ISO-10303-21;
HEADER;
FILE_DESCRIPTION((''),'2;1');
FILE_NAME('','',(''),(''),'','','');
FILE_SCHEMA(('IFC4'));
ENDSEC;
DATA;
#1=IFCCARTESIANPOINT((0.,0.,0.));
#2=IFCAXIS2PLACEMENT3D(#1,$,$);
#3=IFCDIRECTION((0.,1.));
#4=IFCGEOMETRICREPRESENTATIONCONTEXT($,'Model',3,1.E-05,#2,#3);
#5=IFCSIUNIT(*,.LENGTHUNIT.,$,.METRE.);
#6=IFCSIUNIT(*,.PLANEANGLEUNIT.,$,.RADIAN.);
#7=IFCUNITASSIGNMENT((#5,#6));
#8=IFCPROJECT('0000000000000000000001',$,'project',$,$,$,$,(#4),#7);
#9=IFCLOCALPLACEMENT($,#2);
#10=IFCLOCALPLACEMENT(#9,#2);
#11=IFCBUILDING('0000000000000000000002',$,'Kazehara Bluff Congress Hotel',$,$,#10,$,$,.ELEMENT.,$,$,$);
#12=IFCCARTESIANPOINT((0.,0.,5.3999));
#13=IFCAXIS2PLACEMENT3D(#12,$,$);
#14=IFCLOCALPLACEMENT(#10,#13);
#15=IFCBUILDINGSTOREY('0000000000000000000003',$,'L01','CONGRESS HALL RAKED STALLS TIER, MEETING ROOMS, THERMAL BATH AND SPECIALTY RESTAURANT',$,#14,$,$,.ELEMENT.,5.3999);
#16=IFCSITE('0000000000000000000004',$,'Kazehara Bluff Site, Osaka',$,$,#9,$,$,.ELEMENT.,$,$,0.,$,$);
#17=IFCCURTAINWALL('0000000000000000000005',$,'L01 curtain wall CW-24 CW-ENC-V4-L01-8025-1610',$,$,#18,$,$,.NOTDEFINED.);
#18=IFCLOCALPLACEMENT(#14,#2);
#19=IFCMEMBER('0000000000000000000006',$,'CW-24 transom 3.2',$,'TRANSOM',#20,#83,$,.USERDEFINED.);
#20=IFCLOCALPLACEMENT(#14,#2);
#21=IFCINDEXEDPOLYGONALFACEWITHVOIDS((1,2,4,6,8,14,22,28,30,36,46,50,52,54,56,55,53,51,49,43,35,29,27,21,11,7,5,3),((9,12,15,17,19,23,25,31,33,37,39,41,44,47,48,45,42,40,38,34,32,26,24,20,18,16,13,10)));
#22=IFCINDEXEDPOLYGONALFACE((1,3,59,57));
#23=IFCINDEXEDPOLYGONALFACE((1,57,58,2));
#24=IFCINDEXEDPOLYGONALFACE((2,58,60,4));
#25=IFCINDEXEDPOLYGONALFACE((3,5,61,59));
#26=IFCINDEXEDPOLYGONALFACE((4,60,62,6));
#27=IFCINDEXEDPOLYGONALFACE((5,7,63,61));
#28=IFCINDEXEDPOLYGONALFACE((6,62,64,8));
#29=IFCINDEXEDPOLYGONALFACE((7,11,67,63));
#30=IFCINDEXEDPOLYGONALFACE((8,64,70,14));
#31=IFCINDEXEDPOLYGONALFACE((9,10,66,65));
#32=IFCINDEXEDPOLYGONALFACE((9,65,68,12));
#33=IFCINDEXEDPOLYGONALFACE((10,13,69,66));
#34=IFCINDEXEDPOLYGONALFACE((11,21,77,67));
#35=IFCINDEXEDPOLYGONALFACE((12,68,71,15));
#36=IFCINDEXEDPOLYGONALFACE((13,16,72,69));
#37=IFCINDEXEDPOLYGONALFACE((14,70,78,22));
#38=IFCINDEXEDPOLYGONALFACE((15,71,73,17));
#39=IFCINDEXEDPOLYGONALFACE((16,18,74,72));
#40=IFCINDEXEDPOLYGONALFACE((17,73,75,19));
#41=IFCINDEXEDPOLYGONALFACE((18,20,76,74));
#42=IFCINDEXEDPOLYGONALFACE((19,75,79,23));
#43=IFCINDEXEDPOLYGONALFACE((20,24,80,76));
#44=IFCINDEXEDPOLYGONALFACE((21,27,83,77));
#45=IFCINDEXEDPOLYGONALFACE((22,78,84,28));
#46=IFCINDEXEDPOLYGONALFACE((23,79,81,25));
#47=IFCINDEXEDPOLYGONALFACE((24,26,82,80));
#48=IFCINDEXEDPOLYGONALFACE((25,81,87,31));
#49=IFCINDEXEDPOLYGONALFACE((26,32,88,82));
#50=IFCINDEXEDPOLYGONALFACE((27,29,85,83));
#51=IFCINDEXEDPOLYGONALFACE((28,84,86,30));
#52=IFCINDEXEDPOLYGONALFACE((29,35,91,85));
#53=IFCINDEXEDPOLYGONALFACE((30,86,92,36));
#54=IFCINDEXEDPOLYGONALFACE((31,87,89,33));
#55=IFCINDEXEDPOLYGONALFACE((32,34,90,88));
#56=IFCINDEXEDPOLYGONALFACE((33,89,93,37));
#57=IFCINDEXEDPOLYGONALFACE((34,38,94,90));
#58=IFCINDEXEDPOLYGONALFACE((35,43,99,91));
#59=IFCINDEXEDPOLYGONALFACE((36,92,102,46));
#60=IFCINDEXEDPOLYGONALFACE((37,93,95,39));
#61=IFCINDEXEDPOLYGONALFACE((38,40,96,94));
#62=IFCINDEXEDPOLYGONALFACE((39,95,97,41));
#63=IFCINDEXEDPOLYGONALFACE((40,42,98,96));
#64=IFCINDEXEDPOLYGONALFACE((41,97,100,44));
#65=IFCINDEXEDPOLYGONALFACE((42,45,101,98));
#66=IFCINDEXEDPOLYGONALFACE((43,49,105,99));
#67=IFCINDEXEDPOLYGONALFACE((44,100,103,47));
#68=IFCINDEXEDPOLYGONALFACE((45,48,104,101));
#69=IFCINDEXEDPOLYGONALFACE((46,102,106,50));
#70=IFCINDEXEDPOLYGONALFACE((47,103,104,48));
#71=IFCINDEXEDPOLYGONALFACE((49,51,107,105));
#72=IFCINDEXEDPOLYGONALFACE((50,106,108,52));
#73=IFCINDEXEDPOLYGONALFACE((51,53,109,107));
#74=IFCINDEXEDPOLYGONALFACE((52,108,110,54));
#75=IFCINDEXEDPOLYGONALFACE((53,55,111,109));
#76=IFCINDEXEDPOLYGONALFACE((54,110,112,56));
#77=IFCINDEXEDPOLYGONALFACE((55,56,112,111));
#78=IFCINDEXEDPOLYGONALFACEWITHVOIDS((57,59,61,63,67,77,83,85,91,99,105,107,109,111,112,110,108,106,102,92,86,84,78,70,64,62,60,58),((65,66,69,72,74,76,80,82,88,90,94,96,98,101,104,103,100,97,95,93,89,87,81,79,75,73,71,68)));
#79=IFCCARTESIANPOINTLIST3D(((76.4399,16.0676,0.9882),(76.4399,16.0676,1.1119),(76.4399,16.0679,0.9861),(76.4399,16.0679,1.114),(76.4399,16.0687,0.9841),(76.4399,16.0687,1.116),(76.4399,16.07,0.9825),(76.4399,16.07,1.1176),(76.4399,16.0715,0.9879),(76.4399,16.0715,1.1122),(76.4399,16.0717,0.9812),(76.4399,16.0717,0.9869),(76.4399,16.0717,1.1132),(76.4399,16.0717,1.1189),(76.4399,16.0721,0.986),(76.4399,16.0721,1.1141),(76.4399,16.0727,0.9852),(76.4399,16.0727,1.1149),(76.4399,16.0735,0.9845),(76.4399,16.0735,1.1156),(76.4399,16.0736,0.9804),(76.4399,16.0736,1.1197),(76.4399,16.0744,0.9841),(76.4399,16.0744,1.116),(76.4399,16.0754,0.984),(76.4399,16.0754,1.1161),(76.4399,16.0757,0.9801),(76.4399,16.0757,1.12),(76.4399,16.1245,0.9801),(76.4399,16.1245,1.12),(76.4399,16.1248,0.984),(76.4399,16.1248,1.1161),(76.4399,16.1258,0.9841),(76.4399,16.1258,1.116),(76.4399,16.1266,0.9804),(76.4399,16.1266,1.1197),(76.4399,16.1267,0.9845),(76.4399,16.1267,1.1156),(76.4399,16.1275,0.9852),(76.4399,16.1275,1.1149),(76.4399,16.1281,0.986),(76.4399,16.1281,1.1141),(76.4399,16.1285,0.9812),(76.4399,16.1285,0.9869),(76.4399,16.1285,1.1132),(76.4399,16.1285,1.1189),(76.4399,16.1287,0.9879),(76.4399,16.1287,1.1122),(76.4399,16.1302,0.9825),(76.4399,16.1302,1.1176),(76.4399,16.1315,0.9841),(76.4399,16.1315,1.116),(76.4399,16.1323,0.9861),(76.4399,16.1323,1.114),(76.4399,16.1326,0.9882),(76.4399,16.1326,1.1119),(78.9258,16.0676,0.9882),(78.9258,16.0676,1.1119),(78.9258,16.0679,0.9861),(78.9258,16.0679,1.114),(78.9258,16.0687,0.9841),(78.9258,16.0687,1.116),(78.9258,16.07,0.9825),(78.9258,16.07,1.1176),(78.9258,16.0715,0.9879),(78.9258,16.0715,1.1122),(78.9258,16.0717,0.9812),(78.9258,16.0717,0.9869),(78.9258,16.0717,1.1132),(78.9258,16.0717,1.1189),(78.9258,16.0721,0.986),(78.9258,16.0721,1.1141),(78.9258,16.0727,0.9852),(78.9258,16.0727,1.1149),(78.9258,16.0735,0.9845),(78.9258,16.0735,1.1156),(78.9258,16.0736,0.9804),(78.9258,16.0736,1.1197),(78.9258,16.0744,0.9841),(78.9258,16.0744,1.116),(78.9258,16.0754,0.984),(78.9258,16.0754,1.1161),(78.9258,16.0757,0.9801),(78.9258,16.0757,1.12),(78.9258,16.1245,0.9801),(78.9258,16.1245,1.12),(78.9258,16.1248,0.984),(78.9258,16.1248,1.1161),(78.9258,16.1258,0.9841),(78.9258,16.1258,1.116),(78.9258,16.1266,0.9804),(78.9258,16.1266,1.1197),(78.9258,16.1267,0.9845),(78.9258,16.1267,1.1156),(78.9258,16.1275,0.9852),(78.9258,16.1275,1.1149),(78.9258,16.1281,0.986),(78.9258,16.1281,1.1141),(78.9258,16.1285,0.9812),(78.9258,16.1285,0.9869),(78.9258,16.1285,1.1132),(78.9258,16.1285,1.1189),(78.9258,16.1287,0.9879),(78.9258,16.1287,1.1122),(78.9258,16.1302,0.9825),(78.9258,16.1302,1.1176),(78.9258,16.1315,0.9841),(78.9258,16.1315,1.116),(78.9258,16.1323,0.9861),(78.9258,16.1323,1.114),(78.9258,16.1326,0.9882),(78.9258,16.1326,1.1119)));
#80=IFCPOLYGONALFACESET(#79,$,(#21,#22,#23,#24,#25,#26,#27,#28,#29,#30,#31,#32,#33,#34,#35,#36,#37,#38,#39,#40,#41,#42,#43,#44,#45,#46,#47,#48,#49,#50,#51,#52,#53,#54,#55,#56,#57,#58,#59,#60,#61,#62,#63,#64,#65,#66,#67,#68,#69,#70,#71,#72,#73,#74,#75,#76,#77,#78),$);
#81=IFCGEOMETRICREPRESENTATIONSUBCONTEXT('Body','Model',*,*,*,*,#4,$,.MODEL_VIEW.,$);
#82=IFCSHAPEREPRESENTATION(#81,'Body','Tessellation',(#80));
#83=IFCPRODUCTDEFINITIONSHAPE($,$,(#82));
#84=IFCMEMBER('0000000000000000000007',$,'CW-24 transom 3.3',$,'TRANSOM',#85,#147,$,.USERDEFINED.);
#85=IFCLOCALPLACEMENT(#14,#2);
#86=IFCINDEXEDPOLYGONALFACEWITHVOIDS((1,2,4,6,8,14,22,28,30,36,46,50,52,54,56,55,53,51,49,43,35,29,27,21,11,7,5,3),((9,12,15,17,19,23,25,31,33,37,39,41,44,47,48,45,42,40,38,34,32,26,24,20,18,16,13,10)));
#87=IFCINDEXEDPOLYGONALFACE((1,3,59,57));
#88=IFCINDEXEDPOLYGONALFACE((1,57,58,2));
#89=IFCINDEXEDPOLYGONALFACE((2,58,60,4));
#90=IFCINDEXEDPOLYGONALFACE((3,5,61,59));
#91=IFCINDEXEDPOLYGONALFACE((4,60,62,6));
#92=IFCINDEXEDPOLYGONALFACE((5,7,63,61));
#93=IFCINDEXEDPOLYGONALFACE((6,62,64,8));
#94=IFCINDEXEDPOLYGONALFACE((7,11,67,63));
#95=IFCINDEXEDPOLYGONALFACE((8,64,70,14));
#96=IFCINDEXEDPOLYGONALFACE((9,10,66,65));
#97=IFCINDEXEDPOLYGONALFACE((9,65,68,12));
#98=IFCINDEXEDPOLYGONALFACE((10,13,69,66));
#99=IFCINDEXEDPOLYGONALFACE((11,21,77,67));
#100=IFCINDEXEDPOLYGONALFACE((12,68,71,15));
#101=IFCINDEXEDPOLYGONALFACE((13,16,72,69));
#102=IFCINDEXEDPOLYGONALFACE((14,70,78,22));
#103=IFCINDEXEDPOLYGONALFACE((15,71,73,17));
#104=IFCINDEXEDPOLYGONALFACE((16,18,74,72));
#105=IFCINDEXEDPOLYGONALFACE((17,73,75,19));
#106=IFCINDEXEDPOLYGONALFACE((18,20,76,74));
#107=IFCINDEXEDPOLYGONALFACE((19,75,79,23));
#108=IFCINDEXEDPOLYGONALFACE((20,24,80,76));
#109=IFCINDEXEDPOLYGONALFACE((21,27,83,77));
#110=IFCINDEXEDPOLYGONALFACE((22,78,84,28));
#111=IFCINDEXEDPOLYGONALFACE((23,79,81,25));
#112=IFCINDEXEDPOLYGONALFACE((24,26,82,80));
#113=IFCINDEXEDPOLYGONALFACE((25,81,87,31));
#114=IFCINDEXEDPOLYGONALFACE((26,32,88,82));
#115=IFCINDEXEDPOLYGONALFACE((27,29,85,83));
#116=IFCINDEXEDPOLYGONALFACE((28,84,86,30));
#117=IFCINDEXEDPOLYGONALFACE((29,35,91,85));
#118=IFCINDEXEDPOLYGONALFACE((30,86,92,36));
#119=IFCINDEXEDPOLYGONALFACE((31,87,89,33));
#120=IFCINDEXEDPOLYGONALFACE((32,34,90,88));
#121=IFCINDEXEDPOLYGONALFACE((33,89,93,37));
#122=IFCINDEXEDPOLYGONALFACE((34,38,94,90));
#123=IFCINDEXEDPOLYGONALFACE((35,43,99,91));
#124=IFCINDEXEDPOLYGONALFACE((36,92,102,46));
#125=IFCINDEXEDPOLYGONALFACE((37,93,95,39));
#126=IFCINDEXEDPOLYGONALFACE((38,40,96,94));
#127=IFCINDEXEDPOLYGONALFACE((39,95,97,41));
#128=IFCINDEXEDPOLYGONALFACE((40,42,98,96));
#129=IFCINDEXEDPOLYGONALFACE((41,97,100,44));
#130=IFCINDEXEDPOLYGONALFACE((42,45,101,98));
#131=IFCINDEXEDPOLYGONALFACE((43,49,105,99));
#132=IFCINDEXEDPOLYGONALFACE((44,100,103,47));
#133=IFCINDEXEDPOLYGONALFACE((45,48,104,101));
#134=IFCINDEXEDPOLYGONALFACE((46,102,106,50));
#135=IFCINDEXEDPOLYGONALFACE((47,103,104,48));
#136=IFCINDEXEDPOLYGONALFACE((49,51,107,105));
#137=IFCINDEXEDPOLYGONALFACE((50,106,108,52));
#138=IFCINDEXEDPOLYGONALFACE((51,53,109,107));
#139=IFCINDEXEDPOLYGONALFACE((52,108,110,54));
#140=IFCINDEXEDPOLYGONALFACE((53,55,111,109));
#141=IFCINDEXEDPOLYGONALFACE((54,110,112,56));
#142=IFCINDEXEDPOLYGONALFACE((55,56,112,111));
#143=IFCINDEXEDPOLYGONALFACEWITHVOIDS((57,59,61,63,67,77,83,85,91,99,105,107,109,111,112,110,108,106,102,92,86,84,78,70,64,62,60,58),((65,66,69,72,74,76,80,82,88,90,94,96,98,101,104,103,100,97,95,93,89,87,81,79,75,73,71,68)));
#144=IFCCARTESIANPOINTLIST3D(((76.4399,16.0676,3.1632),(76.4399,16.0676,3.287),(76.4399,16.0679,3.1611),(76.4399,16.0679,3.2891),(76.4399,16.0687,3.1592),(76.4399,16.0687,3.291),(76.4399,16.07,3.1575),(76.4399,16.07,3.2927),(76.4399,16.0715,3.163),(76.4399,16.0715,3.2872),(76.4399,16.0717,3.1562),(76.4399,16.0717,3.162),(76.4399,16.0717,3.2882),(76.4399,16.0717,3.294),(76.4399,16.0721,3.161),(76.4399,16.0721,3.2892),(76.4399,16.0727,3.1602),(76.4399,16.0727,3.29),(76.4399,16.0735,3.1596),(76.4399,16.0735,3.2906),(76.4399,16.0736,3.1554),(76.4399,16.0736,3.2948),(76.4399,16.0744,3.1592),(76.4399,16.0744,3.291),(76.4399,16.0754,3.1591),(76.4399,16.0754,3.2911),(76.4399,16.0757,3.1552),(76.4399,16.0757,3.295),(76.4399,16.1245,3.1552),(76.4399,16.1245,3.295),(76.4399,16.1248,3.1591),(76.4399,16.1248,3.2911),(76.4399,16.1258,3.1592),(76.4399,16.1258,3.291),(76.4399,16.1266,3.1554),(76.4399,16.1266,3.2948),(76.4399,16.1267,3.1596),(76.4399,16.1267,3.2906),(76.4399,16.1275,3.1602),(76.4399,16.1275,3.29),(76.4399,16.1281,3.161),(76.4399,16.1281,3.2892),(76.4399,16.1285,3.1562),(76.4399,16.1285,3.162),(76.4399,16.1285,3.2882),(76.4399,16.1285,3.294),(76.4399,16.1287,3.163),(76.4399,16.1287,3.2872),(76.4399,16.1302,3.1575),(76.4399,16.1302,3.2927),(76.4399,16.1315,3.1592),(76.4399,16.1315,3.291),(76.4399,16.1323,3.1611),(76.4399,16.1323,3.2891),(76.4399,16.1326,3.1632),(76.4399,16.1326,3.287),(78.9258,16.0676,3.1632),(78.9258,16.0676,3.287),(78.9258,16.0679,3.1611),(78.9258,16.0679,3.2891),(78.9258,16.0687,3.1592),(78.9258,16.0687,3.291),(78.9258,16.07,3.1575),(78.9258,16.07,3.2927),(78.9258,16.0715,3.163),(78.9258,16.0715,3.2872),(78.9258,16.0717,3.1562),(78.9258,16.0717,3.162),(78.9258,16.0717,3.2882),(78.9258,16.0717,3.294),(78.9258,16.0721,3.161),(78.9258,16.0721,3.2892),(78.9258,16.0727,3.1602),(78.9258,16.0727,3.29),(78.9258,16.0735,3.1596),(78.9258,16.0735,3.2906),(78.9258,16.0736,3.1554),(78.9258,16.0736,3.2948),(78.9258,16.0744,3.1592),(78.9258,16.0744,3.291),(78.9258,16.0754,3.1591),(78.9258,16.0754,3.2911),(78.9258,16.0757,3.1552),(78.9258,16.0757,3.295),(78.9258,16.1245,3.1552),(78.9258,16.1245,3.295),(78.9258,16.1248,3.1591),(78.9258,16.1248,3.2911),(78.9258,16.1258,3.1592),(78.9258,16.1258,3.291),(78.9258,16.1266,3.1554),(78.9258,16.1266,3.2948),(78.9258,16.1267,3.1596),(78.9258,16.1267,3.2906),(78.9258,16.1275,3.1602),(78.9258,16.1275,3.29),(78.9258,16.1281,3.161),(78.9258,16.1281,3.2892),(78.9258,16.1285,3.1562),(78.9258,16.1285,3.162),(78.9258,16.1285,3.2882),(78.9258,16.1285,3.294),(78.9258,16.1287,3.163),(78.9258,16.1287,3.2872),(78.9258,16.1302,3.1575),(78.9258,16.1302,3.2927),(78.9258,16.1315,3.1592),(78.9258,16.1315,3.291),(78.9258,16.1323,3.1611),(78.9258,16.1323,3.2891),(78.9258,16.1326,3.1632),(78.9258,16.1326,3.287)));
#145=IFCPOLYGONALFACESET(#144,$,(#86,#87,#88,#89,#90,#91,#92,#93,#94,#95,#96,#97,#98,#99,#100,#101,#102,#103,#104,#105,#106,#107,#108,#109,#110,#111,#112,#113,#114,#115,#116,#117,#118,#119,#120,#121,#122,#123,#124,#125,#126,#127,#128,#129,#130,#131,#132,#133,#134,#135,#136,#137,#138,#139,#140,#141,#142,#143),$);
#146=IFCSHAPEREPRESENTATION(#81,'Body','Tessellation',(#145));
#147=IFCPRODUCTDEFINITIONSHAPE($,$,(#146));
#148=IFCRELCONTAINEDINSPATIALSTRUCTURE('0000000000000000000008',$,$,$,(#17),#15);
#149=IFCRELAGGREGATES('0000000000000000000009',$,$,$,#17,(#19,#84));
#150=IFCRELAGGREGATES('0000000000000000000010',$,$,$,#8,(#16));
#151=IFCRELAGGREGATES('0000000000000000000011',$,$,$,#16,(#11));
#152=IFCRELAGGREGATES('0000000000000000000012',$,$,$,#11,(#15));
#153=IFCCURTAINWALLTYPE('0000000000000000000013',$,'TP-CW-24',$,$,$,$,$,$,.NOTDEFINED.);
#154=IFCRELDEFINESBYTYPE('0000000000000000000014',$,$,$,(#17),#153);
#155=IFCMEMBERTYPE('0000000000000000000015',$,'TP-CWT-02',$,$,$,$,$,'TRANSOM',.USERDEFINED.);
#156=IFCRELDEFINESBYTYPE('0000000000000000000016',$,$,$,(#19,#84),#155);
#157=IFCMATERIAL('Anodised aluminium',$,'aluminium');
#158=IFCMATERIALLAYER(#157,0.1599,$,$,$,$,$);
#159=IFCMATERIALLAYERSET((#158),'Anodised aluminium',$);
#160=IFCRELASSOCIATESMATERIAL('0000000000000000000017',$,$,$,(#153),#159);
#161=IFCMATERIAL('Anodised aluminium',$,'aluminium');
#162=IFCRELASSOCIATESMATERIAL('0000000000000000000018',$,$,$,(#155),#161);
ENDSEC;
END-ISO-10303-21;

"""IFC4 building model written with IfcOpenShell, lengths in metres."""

from ifc_helpers import new_model, si_unit, direction, frame, origin, origin_2d, place, context, subcontext, project, spatial, hollow_rectangle, extrude, material, layer, layer_set, material_profile, profile_set, type_object, element, aggregate, save


model = new_model("IFC4")

# Units and contexts
model_context = context("Model", 3, precision=1e-05, world=origin(), true_north=direction((0.0, 1.0)))
body_context = subcontext(model_context, "Body", "Model", "MODEL_VIEW")
ifc_project = project(units=[si_unit("LENGTHUNIT", "METRE"), si_unit("PLANEANGLEUNIT", "RADIAN")], contexts=[model_context])

# Site, building, storey
site_placement = place(None, origin())
site = spatial("IfcSite", under=ifc_project, at=site_placement, Name="Kazehara Bluff Site, Osaka", CompositionType="ELEMENT", RefElevation=0.0)
building_placement = place(site_placement, origin())
building = spatial("IfcBuilding", under=site, at=building_placement, Name="Kazehara Bluff Congress Hotel", CompositionType="ELEMENT")
storey_placement = place(building_placement, frame((0.0, 0.0, 5.3999)))
storey = spatial("IfcBuildingStorey", under=building, at=storey_placement, Name="L01", Description="CONGRESS HALL RAKED STALLS TIER, MEETING ROOMS, THERMAL BATH AND SPECIALTY RESTAURANT", CompositionType="ELEMENT", Elevation=5.3999)

# Curtain wall
ifc_material_1 = material(Name="Anodised aluminium", Category="aluminium")
ifc_layer_1 = layer(ifc_material_1, 0.1599)
ifc_layer_set_1 = layer_set([ifc_layer_1], Name="Anodised aluminium")
curtain_wall_type_1 = type_object("IfcCurtainWallType", Name="TP-CW-24", PredefinedType="NOTDEFINED", material=ifc_layer_set_1)
curtain_wall_1_placement = place(storey_placement, origin())
curtain_wall_1 = element("IfcCurtainWall", 1, at=curtain_wall_1_placement, inside=storey, type_object=curtain_wall_type_1, Name="L01 curtain wall CW-24 CW-ENC-V4-L01-8025-1610", PredefinedType="NOTDEFINED")

# Members
ifc_material_2 = material(Name="Anodised aluminium", Category="aluminium")
ifc_material_profile_1 = material_profile(ifc_material_2, hollow_rectangle(XDim=0.0649, YDim=0.1399, WallThickness=0.0039, InnerFilletRadius=0.0039, OuterFilletRadius=0.0081, at=origin_2d()))
ifc_profile_set_1 = profile_set([ifc_material_profile_1], Name="Anodised aluminium")
member_type_1 = type_object("IfcMemberType", Name="TP-CWT-02", ElementType="TRANSOM", PredefinedType="USERDEFINED", material=ifc_profile_set_1)
member_1_placement = place(storey_placement, frame((78.9258, 16.1001, 1.05), z_axis=(-1.0, 0.0, 0.0), x_axis=(0.0, -1.0, 0.0)))
member_1 = element("IfcMember", 2, at=member_1_placement, type_object=member_type_1, Name="CW-24 transom 3.2", ObjectType="TRANSOM", PredefinedType="USERDEFINED", context=body_context, shape_type="SweptSolid", body=[
    extrude(hollow_rectangle(XDim=0.0649, YDim=0.1399, WallThickness=0.0039, InnerFilletRadius=0.0039, OuterFilletRadius=0.0081, at=origin_2d()), origin(), (0.0, 0.0, 1.0), 2.4858),
])
member_2_placement = place(storey_placement, frame((78.9258, 16.1001, 3.2251), z_axis=(-1.0, 0.0, 0.0), x_axis=(0.0, -1.0, 0.0)))
member_2 = element("IfcMember", 3, at=member_2_placement, type_object=member_type_1, Name="CW-24 transom 3.3", ObjectType="TRANSOM", PredefinedType="USERDEFINED", context=body_context, shape_type="SweptSolid", body=[
    extrude(hollow_rectangle(XDim=0.0649, YDim=0.1399, WallThickness=0.0039, InnerFilletRadius=0.0039, OuterFilletRadius=0.0081, at=origin_2d()), origin(), (0.0, 0.0, 1.0), 2.4858),
])

aggregate(curtain_wall_1, [member_1, member_2])

save(model, "model.ifc")
